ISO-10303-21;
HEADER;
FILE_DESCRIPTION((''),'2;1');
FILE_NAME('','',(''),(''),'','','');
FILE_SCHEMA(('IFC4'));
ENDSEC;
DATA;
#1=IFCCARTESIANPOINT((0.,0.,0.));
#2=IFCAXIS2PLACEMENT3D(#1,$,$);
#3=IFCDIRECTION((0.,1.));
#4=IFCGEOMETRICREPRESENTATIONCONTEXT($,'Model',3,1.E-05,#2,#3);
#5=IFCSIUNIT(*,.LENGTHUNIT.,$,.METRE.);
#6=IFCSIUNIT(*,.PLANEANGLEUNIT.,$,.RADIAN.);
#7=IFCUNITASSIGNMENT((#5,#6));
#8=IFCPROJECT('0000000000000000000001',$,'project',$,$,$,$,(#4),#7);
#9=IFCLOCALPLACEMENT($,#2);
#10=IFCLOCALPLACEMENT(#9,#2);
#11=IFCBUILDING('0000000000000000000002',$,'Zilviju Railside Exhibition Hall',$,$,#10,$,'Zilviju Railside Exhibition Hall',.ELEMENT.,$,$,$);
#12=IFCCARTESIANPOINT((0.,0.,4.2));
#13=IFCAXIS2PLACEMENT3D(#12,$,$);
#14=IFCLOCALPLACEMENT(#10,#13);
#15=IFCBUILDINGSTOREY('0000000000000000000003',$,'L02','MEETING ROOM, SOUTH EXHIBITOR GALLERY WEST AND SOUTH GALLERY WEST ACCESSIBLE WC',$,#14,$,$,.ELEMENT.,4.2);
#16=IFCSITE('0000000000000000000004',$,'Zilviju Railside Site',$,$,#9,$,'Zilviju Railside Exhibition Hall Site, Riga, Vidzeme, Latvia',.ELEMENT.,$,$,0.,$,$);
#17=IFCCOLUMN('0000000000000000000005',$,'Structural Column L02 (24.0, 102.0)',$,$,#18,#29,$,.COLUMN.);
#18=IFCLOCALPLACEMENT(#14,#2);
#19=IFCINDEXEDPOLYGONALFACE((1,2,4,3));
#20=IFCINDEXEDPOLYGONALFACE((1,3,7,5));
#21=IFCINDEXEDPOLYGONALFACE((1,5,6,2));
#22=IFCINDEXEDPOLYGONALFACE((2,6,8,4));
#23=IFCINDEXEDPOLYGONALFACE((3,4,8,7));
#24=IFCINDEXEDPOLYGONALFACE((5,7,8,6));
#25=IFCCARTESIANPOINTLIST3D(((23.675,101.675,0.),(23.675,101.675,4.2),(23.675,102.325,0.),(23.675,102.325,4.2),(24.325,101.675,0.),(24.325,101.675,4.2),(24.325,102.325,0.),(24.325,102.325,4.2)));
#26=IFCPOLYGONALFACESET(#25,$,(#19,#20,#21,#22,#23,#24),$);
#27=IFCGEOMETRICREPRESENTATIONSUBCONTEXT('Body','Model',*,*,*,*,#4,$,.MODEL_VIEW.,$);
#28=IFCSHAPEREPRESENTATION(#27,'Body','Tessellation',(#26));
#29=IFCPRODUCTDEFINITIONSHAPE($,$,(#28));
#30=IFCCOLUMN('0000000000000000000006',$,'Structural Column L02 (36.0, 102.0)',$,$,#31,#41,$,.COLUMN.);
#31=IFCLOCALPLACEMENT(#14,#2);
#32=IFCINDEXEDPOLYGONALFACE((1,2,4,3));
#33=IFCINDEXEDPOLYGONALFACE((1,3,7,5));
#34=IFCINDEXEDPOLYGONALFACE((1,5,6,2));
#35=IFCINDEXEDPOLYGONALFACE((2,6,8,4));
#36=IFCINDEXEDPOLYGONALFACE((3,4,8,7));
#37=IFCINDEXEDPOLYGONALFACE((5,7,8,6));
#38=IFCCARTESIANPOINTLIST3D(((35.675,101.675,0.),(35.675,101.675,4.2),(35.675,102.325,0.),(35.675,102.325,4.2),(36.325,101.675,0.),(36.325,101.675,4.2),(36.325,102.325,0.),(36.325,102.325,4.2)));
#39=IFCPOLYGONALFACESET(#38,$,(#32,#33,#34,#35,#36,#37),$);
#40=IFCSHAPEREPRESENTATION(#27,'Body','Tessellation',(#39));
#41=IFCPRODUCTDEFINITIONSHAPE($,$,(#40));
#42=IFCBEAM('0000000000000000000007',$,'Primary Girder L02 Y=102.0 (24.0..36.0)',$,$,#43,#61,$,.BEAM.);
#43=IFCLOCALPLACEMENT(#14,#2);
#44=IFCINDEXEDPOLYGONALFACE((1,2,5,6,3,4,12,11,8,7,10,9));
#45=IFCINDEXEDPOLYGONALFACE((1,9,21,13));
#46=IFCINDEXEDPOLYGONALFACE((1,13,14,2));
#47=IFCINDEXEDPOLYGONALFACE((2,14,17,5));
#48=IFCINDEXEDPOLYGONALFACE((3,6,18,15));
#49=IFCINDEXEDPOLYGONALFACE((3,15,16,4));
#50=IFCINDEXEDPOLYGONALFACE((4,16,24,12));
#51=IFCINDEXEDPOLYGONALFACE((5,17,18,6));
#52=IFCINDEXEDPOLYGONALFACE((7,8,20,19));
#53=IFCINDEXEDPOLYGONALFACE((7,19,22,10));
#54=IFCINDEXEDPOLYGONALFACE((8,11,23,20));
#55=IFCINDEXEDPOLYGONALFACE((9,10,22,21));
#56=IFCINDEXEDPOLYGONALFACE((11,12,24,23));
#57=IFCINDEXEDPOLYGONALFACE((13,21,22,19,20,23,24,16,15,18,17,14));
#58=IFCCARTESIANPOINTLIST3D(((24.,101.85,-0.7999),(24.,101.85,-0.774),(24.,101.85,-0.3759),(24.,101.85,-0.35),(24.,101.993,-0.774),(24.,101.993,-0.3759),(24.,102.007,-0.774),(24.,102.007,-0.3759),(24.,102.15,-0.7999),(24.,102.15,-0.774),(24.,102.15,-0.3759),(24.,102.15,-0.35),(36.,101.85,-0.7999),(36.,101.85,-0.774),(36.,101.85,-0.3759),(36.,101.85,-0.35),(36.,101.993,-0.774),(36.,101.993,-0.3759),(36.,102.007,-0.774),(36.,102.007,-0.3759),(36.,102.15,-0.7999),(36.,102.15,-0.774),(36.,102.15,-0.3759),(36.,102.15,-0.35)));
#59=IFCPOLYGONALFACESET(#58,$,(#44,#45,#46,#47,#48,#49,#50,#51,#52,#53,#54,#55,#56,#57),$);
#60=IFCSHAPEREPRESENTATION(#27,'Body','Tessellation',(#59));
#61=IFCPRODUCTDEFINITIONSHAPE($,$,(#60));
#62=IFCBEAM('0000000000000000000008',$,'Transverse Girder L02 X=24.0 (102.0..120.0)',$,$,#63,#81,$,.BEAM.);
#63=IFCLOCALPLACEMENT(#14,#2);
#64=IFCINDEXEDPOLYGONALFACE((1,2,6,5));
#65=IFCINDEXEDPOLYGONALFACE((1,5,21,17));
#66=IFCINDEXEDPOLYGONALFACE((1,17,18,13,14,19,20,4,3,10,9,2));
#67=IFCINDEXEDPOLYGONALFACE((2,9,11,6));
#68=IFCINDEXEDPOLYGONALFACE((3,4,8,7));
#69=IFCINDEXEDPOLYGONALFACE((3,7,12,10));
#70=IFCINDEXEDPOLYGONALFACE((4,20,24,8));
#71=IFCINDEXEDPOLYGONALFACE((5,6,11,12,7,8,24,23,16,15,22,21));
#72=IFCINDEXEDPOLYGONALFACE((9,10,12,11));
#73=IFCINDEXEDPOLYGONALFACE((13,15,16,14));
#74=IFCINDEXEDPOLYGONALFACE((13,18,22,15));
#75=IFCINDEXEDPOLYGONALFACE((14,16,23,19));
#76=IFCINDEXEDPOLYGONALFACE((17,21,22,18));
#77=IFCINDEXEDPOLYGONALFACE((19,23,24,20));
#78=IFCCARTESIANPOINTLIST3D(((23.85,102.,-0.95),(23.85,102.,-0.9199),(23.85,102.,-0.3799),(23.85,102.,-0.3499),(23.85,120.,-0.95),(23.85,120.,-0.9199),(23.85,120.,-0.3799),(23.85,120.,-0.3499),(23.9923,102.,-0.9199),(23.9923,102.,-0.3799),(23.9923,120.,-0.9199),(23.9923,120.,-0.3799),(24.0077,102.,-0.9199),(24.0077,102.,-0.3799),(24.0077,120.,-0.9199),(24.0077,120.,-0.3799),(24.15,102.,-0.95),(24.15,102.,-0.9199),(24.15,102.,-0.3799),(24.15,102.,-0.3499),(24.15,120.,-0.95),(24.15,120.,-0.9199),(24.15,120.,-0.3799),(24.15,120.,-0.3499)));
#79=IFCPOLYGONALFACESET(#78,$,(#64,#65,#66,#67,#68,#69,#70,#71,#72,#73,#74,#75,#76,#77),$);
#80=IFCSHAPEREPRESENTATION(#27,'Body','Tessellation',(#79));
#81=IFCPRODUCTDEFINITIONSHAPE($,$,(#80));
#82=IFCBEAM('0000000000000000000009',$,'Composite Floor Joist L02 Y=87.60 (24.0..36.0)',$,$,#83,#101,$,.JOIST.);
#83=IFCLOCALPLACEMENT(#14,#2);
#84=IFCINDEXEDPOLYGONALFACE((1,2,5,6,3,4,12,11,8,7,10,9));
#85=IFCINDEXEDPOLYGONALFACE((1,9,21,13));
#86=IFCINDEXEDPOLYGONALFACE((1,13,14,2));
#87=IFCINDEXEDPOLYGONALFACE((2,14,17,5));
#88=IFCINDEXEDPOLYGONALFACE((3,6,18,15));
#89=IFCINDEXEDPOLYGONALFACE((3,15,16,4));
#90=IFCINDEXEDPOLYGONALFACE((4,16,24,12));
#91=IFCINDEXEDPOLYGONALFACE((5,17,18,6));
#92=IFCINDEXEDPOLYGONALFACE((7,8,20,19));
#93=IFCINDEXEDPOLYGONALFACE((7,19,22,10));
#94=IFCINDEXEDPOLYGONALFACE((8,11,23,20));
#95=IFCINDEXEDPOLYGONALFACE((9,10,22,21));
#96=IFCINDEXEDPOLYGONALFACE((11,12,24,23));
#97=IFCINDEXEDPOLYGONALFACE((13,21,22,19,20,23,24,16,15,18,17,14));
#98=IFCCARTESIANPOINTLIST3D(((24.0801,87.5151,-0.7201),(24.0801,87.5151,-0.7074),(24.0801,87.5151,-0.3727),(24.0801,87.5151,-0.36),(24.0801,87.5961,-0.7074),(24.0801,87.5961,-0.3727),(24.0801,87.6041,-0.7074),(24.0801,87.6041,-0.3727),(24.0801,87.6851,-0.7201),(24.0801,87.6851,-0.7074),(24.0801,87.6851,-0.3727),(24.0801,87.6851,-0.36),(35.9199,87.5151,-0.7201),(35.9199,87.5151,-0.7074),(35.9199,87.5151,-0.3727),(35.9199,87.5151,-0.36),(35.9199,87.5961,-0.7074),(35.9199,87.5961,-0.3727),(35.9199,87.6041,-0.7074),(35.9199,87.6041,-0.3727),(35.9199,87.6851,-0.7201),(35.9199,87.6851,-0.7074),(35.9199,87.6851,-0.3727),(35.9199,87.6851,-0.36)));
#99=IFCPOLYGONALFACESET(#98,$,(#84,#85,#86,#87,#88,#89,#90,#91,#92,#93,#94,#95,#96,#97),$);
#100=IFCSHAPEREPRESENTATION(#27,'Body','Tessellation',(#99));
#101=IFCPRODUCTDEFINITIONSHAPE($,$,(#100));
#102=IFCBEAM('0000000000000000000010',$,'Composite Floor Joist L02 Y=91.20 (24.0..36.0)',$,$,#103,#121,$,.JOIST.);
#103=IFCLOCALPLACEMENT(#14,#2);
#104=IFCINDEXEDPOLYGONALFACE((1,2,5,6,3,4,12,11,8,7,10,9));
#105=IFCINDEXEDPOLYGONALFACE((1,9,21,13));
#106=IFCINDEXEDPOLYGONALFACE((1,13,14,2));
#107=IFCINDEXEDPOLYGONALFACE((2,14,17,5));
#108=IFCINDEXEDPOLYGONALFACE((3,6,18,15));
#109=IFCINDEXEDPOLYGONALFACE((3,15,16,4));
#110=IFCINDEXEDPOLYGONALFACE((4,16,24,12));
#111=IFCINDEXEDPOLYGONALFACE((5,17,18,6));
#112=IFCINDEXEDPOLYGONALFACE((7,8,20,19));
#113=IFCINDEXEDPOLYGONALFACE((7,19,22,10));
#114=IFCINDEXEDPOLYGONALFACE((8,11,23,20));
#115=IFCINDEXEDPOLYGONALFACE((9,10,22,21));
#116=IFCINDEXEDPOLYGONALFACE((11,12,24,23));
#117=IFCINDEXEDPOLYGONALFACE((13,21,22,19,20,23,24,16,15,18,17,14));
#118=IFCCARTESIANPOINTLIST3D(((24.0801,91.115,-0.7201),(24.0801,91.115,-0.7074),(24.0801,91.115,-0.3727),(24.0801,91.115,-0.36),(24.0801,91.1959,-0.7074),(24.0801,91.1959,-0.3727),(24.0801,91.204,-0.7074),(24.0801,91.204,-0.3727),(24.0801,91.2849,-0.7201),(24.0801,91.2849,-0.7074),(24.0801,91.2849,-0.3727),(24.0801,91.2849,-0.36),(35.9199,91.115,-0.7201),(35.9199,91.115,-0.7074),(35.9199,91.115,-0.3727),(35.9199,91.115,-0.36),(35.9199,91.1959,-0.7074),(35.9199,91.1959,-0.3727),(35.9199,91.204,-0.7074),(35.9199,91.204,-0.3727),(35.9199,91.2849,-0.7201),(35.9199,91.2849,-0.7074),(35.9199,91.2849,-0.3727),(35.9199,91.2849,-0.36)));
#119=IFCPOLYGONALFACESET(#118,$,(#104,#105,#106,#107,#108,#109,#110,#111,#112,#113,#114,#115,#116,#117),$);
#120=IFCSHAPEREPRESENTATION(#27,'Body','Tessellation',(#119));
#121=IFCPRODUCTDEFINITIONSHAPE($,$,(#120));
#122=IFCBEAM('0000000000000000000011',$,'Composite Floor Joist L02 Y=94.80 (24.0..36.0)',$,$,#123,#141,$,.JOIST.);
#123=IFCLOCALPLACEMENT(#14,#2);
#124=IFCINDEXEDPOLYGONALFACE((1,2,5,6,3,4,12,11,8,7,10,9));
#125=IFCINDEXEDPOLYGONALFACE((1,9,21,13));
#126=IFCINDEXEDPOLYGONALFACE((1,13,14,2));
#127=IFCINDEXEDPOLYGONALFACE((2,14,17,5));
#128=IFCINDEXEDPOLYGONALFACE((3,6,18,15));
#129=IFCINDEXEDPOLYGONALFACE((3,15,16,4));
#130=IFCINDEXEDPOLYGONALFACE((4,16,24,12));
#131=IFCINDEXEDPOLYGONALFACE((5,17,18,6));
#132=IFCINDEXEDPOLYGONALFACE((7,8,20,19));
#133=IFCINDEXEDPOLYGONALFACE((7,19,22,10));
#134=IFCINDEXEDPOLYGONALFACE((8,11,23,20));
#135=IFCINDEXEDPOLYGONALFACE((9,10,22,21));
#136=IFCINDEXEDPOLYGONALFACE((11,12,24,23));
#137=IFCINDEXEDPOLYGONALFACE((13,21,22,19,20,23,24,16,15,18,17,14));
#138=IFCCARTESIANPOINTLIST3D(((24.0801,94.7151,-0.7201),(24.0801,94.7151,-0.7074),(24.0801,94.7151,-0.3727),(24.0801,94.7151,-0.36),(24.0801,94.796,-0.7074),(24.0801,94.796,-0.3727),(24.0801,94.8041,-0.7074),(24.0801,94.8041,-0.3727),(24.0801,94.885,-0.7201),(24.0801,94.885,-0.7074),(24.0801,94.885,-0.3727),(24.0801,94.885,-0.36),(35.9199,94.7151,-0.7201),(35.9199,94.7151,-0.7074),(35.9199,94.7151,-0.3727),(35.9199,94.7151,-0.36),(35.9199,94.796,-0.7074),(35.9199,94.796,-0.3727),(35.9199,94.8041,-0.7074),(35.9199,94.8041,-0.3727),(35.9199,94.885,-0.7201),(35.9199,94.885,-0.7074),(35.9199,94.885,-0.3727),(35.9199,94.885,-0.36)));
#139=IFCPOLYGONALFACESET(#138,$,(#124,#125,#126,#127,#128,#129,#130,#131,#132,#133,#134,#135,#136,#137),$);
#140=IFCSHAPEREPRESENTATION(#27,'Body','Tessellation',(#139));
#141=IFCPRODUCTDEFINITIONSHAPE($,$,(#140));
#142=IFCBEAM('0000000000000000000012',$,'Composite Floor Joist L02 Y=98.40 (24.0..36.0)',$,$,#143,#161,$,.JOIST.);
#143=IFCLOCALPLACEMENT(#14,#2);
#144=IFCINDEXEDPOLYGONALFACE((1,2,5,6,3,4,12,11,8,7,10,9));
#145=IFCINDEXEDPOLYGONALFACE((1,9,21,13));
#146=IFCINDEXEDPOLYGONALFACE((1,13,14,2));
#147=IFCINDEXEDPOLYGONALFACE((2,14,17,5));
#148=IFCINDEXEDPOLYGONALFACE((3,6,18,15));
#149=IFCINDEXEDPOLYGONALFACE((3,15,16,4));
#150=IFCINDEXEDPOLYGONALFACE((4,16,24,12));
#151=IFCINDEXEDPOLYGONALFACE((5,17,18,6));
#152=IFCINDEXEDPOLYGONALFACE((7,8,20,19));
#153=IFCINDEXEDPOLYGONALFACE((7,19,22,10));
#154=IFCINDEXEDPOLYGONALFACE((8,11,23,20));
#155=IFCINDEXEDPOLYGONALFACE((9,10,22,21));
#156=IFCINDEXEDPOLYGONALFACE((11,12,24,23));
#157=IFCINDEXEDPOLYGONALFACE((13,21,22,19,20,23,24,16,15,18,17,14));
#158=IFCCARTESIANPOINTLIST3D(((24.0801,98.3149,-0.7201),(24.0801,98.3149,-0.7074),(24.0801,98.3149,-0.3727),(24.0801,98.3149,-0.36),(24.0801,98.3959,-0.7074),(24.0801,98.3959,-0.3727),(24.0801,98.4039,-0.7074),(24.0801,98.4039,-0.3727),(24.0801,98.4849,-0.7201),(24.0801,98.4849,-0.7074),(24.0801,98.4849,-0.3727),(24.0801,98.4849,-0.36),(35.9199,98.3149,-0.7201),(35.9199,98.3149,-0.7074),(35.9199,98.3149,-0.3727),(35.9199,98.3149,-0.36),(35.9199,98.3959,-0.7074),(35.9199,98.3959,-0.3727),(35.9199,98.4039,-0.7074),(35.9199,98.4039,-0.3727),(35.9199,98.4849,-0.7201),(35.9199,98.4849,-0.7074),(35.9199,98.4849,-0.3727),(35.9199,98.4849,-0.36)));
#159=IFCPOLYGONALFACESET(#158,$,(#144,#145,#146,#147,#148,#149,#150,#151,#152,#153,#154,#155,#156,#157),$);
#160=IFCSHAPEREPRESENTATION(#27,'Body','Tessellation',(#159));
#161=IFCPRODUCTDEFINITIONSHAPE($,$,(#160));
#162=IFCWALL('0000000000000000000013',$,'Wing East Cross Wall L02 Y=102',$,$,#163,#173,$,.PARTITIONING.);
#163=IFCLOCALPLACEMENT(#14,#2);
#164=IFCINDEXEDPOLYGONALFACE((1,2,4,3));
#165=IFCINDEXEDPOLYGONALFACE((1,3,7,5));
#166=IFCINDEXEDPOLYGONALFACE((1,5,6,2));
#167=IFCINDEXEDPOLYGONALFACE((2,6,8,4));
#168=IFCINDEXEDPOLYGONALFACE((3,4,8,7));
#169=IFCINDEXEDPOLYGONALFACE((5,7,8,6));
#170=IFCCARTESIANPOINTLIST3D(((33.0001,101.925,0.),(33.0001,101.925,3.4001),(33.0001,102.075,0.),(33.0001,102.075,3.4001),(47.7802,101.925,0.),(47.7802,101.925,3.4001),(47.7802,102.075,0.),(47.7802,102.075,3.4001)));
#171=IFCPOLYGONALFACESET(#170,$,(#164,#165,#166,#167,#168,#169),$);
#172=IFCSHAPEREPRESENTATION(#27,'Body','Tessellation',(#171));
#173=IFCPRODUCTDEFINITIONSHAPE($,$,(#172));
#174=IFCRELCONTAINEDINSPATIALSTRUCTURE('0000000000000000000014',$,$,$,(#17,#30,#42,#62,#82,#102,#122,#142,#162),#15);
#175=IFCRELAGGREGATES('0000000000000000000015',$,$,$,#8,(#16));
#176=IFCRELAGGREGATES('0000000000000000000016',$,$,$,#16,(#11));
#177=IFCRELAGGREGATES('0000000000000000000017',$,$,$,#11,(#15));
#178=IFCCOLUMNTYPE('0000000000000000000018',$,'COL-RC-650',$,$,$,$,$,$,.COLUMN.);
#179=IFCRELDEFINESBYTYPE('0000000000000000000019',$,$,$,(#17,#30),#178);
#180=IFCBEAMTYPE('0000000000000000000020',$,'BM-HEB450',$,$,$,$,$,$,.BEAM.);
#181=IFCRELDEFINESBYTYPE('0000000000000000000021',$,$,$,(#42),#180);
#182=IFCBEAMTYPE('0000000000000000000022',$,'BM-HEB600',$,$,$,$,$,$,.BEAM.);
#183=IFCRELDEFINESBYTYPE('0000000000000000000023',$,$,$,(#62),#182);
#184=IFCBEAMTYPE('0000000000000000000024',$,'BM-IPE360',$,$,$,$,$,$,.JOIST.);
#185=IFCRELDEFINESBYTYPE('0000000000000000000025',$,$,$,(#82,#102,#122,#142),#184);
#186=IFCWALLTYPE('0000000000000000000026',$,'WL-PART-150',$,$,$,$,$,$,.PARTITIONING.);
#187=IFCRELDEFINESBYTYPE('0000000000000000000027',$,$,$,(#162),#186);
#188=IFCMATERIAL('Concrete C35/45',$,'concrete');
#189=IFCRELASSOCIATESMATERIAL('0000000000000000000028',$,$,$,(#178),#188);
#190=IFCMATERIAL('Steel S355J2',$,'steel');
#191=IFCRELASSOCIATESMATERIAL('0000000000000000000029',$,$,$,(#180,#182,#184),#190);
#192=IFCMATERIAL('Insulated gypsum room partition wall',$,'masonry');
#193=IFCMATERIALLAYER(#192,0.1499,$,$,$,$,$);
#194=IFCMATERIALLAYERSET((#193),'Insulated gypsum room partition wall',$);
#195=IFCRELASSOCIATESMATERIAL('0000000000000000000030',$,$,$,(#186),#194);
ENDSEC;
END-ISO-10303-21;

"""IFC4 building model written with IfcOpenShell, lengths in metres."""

from ifc_helpers import new_model, si_unit, direction, frame, frame_2d, origin, origin_2d, place, context, subcontext, project, spatial, rectangle, i_section, extrude, material, layer, layer_set, material_profile, profile_set, type_object, element, save


model = new_model("IFC4")

# Units and contexts
model_context = context("Model", 3, precision=1e-05, world=origin(), true_north=direction((0.0, 1.0)))
body_context = subcontext(model_context, "Body", "Model", "MODEL_VIEW")
ifc_project = project(units=[si_unit("LENGTHUNIT", "METRE"), si_unit("PLANEANGLEUNIT", "RADIAN")], contexts=[model_context])

# Site, building, storey
site_placement = place(None, origin())
site = spatial("IfcSite", under=ifc_project, at=site_placement, Name="Zilviju Railside Site", LongName="Zilviju Railside Exhibition Hall Site, Riga, Vidzeme, Latvia", CompositionType="ELEMENT", RefElevation=0.0)
building_placement = place(site_placement, origin())
building = spatial("IfcBuilding", under=site, at=building_placement, Name="Zilviju Railside Exhibition Hall", LongName="Zilviju Railside Exhibition Hall", CompositionType="ELEMENT")
storey_placement = place(building_placement, frame((0.0, 0.0, 4.2)))
storey = spatial("IfcBuildingStorey", under=building, at=storey_placement, Name="L02", Description="MEETING ROOM, SOUTH EXHIBITOR GALLERY WEST AND SOUTH GALLERY WEST ACCESSIBLE WC", CompositionType="ELEMENT", Elevation=4.2)

# Columns
ifc_material_1 = material(Name="Concrete C35/45", Category="concrete")
ifc_material_profile_1 = material_profile(ifc_material_1, rectangle(XDim=0.6499, YDim=0.6499, at=origin_2d()), Name="RC COL 650x650")
ifc_profile_set_1 = profile_set([ifc_material_profile_1], Name="Concrete C35/45")
column_type = type_object("IfcColumnType", Name="COL-RC-650", PredefinedType="COLUMN", material=ifc_profile_set_1)
for number, where, z_axis, x_axis, name in (
    (1, (24.0, 102.0, 0.0), (0.0, 0.0, 1.0), (1.0, 0.0, 0.0), "Structural Column L02 (24.0, 102.0)"),
    (2, (36.0, 102.0, 0.0), (0.0, 0.0, 1.0), (1.0, 0.0, 0.0), "Structural Column L02 (36.0, 102.0)"),
):
    element("IfcColumn", number, at=place(storey_placement, frame(where, z_axis=z_axis, x_axis=x_axis)), inside=storey, type_object=column_type, Name=name, PredefinedType="COLUMN", context=body_context, shape_type="SweptSolid", body=[
        extrude(rectangle(XDim=0.6499, YDim=0.6499, at=origin_2d()), origin(), (0.0, 0.0, 1.0), 4.2),
    ])

# Beams
ifc_material_2 = material(Name="Steel S355J2", Category="steel")
ifc_material_profile_2 = material_profile(ifc_material_2, i_section(OverallWidth=0.3, OverallDepth=0.45, WebThickness=0.0139, FlangeThickness=0.0259, at=origin_2d()), Name="HEB 450")
ifc_profile_set_2 = profile_set([ifc_material_profile_2], Name="Steel S355J2")
beam_type_1 = type_object("IfcBeamType", Name="BM-HEB450", PredefinedType="BEAM", material=ifc_profile_set_2)
beam_1_placement = place(storey_placement, frame((24.0, 102.0, -0.575), z_axis=(1.0, 0.0, 0.0), x_axis=(0.0, 1.0, 0.0)))
element("IfcBeam", 3, at=beam_1_placement, inside=storey, type_object=beam_type_1, Name="Primary Girder L02 Y=102.0 (24.0..36.0)", PredefinedType="BEAM", context=body_context, shape_type="SweptSolid", body=[
    extrude(i_section(OverallWidth=0.3, OverallDepth=0.45, WebThickness=0.0139, FlangeThickness=0.0259, at=origin_2d()), origin(), (0.0, 0.0, 1.0), 12.0),
])
ifc_material_profile_3 = material_profile(ifc_material_2, i_section(OverallWidth=0.3, OverallDepth=0.6001, WebThickness=0.0154, FlangeThickness=0.03, at=origin_2d()), Name="HEB 600")
ifc_profile_set_3 = profile_set([ifc_material_profile_3], Name="Steel S355J2")
beam_type_2 = type_object("IfcBeamType", Name="BM-HEB600", PredefinedType="BEAM", material=ifc_profile_set_3)
beam_2_placement = place(storey_placement, frame((24.0, 102.0, -0.6499), z_axis=(0.0, 1.0, 0.0), x_axis=(-1.0, 0.0, 0.0)))
element("IfcBeam", 4, at=beam_2_placement, inside=storey, type_object=beam_type_2, Name="Transverse Girder L02 X=24.0 (102.0..120.0)", PredefinedType="BEAM", context=body_context, shape_type="SweptSolid", body=[
    extrude(i_section(OverallWidth=0.3, OverallDepth=0.6001, WebThickness=0.0154, FlangeThickness=0.03, at=origin_2d()), origin(), (0.0, 0.0, 1.0), 18.0),
])
ifc_material_profile_4 = material_profile(ifc_material_2, i_section(OverallWidth=0.1699, OverallDepth=0.3601, WebThickness=0.0081, FlangeThickness=0.0127, at=origin_2d()), Name="IPE 360")
ifc_profile_set_4 = profile_set([ifc_material_profile_4], Name="Steel S355J2")
beam_type_3 = type_object("IfcBeamType", Name="BM-IPE360", PredefinedType="JOIST", material=ifc_profile_set_4)
for number, where, z_axis, x_axis, name in (
    (5, (24.0801, 87.6001, -0.54), (1.0, 0.0, 0.0), (0.0, 1.0, 0.0), "Composite Floor Joist L02 Y=87.60 (24.0..36.0)"),
    (6, (24.0801, 91.2, -0.54), (1.0, 0.0, 0.0), (0.0, 1.0, 0.0), "Composite Floor Joist L02 Y=91.20 (24.0..36.0)"),
    (7, (24.0801, 94.8, -0.54), (1.0, 0.0, 0.0), (0.0, 1.0, 0.0), "Composite Floor Joist L02 Y=94.80 (24.0..36.0)"),
    (8, (24.0801, 98.3999, -0.54), (1.0, 0.0, 0.0), (0.0, 1.0, 0.0), "Composite Floor Joist L02 Y=98.40 (24.0..36.0)"),
):
    element("IfcBeam", number, at=place(storey_placement, frame(where, z_axis=z_axis, x_axis=x_axis)), inside=storey, type_object=beam_type_3, Name=name, PredefinedType="JOIST", context=body_context, shape_type="SweptSolid", body=[
        extrude(i_section(OverallWidth=0.1699, OverallDepth=0.3601, WebThickness=0.0081, FlangeThickness=0.0127, at=origin_2d()), origin(), (0.0, 0.0, 1.0), 11.8398),
    ])

# Wall
ifc_material_3 = material(Name="Insulated gypsum room partition wall", Category="masonry")
ifc_layer_1 = layer(ifc_material_3, 0.1499)
ifc_layer_set_1 = layer_set([ifc_layer_1], Name="Insulated gypsum room partition wall")
wall_type_1 = type_object("IfcWallType", Name="WL-PART-150", PredefinedType="PARTITIONING", material=ifc_layer_set_1)
wall_1_placement = place(storey_placement, frame((33.0, 102.0, 0.0), z_axis=(0.0, 0.0, 1.0), x_axis=(1.0, 0.0, 0.0)))
element("IfcWall", 9, at=wall_1_placement, inside=storey, type_object=wall_type_1, Name="Wing East Cross Wall L02 Y=102", PredefinedType="PARTITIONING", context=body_context, shape_type="SweptSolid", body=[
    extrude(rectangle(XDim=14.78, YDim=0.1499, at=frame_2d((7.3901, 0.0))), origin(), (0.0, 0.0, 1.0), 3.4001),
])

save(model, "model.ifc")
